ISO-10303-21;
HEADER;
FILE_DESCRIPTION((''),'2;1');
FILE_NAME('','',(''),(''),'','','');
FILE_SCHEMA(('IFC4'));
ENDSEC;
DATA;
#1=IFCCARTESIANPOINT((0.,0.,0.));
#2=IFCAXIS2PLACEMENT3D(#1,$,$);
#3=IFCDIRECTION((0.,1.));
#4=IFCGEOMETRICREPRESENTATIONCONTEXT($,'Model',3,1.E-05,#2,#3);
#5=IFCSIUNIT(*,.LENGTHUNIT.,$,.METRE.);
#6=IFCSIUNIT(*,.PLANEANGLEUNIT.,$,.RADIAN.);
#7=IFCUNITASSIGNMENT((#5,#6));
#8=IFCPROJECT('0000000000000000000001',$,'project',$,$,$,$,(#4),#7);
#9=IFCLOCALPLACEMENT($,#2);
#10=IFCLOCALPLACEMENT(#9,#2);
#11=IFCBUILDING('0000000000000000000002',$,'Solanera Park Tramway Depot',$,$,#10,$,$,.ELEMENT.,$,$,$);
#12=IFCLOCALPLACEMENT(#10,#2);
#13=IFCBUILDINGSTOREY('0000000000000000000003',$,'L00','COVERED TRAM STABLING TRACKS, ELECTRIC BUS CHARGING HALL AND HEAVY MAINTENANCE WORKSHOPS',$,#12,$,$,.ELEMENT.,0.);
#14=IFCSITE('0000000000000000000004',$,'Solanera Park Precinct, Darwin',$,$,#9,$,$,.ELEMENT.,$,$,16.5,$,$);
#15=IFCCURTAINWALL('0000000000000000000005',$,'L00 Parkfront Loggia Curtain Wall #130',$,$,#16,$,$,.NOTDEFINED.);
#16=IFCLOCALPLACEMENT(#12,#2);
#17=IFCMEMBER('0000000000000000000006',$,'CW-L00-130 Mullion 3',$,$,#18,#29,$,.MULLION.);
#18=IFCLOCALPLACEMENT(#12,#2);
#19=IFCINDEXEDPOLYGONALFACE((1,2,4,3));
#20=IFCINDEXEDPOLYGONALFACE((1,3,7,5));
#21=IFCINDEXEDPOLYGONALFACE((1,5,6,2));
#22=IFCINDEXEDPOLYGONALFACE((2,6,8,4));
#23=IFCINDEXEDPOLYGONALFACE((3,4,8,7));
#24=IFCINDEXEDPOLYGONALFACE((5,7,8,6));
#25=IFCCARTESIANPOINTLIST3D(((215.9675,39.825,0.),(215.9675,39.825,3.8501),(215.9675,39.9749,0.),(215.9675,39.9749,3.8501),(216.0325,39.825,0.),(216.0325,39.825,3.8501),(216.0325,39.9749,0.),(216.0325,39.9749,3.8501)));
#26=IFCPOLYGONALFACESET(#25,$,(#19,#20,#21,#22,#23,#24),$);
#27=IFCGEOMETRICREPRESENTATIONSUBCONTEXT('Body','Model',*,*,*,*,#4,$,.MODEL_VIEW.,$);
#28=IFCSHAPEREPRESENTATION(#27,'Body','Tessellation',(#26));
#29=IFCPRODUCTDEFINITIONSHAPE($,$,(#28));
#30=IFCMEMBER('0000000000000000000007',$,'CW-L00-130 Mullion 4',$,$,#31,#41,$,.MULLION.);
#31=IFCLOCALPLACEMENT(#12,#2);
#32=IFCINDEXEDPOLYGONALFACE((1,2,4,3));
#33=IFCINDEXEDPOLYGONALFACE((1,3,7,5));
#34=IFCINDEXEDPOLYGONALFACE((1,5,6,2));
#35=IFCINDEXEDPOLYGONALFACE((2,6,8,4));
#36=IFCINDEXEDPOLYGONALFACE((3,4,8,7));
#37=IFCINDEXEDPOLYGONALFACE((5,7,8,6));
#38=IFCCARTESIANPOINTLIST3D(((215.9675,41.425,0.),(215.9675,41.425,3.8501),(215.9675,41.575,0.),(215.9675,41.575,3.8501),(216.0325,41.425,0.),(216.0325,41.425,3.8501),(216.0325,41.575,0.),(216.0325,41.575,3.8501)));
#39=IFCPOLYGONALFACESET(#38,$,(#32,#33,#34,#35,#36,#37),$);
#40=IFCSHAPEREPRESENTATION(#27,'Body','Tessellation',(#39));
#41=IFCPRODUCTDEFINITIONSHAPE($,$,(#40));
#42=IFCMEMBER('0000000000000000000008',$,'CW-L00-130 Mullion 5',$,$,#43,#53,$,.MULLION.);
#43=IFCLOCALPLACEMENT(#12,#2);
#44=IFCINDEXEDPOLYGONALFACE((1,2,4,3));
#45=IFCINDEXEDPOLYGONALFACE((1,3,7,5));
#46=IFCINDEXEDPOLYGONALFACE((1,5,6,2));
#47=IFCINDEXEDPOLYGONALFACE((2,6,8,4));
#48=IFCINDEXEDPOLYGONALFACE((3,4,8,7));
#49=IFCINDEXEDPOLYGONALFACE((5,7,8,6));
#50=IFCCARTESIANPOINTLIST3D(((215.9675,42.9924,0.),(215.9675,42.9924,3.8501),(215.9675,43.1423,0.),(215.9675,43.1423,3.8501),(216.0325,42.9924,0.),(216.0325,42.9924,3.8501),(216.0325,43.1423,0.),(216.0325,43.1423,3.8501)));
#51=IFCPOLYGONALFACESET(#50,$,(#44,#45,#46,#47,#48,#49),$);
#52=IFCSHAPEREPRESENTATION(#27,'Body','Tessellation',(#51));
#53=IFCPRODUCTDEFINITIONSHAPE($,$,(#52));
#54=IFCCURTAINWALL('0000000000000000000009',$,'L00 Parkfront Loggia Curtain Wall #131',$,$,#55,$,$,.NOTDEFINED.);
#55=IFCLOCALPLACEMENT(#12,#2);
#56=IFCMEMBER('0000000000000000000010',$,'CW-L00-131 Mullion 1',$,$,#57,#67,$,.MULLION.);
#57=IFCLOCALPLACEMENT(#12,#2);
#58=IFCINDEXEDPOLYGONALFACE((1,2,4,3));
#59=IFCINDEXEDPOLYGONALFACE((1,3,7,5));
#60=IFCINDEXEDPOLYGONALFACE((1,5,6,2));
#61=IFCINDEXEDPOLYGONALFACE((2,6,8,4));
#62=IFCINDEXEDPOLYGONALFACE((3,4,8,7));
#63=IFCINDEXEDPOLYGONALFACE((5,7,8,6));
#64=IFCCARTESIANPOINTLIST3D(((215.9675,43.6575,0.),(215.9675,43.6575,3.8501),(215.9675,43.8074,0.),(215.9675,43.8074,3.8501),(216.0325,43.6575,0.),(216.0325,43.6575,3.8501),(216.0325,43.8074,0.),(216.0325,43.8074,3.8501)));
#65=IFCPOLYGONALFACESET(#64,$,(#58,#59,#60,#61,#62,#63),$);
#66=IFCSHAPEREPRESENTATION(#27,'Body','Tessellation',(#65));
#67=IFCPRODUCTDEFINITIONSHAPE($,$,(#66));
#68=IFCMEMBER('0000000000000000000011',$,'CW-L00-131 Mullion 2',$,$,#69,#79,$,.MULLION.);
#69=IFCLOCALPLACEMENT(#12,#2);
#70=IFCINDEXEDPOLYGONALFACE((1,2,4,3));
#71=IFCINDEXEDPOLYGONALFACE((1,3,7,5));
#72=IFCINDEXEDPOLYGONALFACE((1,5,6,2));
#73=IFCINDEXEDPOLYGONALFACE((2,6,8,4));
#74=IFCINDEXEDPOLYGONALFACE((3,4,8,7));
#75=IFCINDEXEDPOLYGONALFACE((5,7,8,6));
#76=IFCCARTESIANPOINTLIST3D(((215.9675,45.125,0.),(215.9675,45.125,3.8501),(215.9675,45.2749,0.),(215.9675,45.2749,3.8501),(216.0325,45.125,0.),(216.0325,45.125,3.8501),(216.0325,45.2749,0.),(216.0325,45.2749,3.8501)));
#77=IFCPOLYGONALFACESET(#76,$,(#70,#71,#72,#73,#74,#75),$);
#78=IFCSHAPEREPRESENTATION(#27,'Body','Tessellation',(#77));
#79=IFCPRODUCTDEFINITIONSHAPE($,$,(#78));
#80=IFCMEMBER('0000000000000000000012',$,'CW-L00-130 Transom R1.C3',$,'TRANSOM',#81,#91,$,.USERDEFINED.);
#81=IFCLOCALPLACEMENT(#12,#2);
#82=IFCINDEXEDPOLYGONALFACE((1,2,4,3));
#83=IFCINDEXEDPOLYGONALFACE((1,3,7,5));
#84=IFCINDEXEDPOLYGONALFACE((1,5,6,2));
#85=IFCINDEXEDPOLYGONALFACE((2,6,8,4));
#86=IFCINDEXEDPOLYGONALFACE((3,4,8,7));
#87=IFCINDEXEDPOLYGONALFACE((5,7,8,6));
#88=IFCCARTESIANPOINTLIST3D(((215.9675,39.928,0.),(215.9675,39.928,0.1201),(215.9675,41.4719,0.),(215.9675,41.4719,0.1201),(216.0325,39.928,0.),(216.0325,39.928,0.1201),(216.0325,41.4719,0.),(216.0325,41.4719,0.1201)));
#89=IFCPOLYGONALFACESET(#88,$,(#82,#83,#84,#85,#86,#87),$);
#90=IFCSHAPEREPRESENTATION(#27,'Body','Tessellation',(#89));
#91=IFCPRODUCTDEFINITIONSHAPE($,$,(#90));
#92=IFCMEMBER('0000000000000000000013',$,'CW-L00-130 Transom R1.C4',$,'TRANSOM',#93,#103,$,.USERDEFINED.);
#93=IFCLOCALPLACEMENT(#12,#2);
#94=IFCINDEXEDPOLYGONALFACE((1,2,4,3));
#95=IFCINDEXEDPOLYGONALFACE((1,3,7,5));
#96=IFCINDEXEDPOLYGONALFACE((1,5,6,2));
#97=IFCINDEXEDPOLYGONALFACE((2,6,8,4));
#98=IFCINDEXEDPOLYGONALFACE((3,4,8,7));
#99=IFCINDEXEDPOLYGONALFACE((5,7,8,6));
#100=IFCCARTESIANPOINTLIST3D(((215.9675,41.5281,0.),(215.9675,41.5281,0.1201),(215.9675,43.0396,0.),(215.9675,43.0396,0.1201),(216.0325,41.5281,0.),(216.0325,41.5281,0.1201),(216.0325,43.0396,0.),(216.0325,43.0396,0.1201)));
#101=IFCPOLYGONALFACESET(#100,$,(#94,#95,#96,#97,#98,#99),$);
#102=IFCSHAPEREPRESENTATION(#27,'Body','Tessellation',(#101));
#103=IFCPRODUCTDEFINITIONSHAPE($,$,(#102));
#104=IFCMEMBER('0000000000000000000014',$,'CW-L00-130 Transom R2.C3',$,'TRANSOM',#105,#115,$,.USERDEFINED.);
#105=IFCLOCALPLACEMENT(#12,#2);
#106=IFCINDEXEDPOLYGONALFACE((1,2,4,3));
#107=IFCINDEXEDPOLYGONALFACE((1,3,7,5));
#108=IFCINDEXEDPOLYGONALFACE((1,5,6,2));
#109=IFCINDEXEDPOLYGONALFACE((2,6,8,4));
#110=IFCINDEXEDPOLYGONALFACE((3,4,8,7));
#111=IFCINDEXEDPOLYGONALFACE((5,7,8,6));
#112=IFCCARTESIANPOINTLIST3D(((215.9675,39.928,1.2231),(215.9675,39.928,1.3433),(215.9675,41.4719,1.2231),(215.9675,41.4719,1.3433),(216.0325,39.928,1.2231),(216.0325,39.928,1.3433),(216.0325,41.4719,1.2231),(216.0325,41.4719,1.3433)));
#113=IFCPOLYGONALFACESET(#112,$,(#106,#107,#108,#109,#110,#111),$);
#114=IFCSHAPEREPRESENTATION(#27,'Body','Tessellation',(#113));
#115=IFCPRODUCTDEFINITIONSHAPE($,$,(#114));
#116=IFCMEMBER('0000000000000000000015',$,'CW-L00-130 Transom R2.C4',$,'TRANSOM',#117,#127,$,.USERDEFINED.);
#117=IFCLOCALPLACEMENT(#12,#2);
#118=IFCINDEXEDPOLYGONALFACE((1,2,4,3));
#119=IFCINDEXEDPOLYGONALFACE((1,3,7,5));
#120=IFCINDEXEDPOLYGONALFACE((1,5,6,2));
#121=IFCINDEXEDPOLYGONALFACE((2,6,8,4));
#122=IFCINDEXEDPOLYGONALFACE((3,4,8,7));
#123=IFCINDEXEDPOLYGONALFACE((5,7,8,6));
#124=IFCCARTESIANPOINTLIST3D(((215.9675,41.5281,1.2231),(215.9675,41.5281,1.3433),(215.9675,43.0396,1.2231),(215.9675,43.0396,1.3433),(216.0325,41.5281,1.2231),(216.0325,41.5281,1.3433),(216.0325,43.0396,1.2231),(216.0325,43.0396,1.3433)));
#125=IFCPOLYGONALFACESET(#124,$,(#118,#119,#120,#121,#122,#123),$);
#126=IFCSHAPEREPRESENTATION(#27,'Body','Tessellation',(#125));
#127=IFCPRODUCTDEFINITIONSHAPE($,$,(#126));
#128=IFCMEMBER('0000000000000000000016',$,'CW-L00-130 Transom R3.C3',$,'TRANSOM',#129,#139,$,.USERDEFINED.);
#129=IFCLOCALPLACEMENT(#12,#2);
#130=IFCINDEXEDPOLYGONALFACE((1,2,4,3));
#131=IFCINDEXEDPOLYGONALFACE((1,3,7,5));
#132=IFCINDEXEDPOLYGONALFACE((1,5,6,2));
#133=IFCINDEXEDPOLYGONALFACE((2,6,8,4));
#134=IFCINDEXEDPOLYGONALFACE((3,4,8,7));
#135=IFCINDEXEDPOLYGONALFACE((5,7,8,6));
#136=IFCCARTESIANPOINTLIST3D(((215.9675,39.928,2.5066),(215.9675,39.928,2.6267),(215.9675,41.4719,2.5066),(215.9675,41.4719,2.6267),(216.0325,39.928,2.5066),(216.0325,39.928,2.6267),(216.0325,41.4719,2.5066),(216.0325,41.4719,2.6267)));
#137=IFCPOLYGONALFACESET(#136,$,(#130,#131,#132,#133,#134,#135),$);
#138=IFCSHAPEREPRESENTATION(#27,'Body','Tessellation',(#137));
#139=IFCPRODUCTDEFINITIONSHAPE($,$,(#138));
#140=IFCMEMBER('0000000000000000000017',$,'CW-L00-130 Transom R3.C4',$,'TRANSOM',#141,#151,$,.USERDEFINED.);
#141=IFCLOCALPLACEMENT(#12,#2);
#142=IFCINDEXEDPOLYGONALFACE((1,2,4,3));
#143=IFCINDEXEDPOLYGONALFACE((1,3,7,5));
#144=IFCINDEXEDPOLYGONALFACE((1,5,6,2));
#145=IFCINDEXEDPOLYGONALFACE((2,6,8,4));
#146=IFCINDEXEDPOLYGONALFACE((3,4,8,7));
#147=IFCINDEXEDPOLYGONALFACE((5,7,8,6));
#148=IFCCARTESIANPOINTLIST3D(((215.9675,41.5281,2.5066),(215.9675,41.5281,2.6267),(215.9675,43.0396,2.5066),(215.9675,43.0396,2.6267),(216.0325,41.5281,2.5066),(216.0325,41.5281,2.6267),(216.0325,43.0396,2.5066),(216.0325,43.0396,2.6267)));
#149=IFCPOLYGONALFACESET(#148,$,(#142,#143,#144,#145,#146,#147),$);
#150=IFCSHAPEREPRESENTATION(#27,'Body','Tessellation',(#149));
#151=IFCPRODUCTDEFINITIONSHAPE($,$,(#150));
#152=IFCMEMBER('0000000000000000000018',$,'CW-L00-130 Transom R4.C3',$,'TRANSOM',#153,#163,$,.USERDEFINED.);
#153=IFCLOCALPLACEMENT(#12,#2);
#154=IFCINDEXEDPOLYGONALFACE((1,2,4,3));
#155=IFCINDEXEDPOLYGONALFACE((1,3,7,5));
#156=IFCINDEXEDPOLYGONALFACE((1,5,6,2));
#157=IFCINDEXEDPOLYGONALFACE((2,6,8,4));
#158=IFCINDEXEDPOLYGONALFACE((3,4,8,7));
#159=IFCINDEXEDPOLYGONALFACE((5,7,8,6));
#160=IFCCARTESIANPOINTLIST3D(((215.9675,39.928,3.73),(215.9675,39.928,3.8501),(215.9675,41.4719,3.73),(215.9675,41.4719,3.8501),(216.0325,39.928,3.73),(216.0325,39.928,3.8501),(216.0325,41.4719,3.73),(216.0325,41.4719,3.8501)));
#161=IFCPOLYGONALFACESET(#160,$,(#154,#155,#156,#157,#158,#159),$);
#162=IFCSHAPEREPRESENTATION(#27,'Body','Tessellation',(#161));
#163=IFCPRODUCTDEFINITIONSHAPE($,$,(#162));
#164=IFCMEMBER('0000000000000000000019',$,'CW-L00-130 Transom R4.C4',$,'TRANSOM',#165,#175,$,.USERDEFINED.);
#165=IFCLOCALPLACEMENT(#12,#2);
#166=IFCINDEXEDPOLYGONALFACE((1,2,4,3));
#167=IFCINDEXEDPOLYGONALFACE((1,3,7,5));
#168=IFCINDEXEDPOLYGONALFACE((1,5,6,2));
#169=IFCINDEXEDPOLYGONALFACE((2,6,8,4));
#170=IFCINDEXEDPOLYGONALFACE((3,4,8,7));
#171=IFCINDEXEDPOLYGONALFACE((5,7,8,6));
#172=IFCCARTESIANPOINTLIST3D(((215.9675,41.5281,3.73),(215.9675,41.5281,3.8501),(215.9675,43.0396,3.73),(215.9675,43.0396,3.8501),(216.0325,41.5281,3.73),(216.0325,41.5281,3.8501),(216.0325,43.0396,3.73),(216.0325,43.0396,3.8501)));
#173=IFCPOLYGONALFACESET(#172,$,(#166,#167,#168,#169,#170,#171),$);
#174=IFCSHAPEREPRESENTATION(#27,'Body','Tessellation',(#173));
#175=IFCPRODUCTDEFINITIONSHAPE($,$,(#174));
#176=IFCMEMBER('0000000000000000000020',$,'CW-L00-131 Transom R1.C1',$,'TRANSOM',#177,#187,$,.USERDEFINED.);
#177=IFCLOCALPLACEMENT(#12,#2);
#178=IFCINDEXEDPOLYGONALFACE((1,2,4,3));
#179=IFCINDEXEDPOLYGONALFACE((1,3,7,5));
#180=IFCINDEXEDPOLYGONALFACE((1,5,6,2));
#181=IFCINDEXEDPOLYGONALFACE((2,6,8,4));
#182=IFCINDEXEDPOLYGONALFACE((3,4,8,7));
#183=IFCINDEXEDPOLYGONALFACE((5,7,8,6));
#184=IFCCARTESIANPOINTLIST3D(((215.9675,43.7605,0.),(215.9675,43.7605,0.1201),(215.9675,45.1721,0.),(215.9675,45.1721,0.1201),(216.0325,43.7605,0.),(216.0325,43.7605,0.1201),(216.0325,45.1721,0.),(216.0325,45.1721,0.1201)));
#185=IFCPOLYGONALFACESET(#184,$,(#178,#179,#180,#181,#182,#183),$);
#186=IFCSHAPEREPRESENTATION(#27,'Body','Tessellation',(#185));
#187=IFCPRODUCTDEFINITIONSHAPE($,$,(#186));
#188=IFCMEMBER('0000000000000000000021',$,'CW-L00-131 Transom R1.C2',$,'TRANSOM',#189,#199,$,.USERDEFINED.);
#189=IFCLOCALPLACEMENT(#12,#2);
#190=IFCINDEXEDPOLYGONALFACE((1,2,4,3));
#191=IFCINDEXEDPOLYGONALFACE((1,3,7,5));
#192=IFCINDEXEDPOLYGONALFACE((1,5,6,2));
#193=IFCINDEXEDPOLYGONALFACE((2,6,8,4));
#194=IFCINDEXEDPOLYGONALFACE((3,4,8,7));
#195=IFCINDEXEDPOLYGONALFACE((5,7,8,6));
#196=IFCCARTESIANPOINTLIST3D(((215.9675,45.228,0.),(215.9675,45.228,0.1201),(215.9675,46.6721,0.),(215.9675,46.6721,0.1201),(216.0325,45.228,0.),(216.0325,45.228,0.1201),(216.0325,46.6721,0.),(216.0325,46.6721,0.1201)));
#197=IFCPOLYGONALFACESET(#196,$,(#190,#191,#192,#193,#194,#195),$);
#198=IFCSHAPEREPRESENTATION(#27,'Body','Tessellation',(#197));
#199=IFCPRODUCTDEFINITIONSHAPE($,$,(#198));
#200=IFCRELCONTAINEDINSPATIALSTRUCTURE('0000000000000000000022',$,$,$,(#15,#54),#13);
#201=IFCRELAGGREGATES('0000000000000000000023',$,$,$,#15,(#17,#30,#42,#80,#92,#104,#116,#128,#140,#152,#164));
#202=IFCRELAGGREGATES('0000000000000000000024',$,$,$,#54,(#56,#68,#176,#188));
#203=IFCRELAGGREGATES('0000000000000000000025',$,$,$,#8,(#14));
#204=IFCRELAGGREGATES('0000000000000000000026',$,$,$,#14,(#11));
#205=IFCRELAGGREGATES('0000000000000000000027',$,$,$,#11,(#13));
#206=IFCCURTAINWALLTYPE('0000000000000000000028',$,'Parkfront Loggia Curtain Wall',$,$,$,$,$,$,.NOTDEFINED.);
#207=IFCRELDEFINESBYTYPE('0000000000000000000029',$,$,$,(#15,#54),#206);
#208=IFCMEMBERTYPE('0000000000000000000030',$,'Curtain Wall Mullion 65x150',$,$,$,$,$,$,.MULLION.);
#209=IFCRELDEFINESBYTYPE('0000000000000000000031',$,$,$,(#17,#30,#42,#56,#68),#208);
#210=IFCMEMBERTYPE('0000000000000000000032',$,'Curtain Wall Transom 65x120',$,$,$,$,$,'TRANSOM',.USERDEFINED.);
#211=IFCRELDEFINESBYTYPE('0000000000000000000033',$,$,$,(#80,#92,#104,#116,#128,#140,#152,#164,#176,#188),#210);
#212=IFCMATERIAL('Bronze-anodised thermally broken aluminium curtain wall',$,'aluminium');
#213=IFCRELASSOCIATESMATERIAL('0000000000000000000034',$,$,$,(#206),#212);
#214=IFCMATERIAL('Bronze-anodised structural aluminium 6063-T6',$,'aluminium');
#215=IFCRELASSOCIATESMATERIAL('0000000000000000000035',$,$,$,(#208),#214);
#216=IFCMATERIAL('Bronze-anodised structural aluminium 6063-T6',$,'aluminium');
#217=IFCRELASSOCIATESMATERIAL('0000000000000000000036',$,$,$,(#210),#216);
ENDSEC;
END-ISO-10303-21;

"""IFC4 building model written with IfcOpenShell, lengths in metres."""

from ifc_helpers import new_model, si_unit, direction, frame, origin, origin_2d, place, context, subcontext, project, spatial, rectangle, extrude, material, material_profile, profile_set, type_object, element, aggregate, save


model = new_model("IFC4")

# Units and contexts
model_context = context("Model", 3, precision=1e-05, world=origin(), true_north=direction((0.0, 1.0)))
body_context = subcontext(model_context, "Body", "Model", "MODEL_VIEW")
ifc_project = project(units=[si_unit("LENGTHUNIT", "METRE"), si_unit("PLANEANGLEUNIT", "RADIAN")], contexts=[model_context])

# Site, building, storey
site_placement = place(None, origin())
site = spatial("IfcSite", under=ifc_project, at=site_placement, Name="Solanera Park Precinct, Darwin", CompositionType="ELEMENT", RefElevation=16.5)
building_placement = place(site_placement, origin())
building = spatial("IfcBuilding", under=site, at=building_placement, Name="Solanera Park Tramway Depot", CompositionType="ELEMENT")
storey_placement = place(building_placement, origin())
storey = spatial("IfcBuildingStorey", under=building, at=storey_placement, Name="L00", Description="COVERED TRAM STABLING TRACKS, ELECTRIC BUS CHARGING HALL AND HEAVY MAINTENANCE WORKSHOPS", CompositionType="ELEMENT", Elevation=0.0)

# Curtain walls, members
ifc_material_1 = material(Name="Bronze-anodised thermally broken aluminium curtain wall", Category="aluminium")
curtain_wall_type = type_object("IfcCurtainWallType", Name="Parkfront Loggia Curtain Wall", PredefinedType="NOTDEFINED", material=ifc_material_1)
curtain_wall_1_placement = place(storey_placement, origin())
curtain_wall_1 = element("IfcCurtainWall", 1, at=curtain_wall_1_placement, inside=storey, type_object=curtain_wall_type, Name="L00 Parkfront Loggia Curtain Wall #130", PredefinedType="NOTDEFINED")
ifc_material_2 = material(Name="Bronze-anodised structural aluminium 6063-T6", Category="aluminium")
ifc_material_profile_1 = material_profile(ifc_material_2, rectangle(XDim=0.0649, YDim=0.1499, at=origin_2d()), Name="Curtain Wall Mullion 65x150")
ifc_profile_set_1 = profile_set([ifc_material_profile_1], Name="Bronze-anodised structural aluminium 6063-T6")
member_type_1 = type_object("IfcMemberType", Name="Curtain Wall Mullion 65x150", PredefinedType="MULLION", material=ifc_profile_set_1)
member_1_placement = place(storey_placement, frame((216.0, 39.8999, 0.0), z_axis=(0.0, 0.0, 1.0), x_axis=(1.0, 0.0, 0.0)))
member_1 = element("IfcMember", 2, at=member_1_placement, type_object=member_type_1, Name="CW-L00-130 Mullion 3", PredefinedType="MULLION", context=body_context, shape_type="SweptSolid", body=[
    extrude(rectangle(XDim=0.0649, YDim=0.1499, at=origin_2d()), origin(), (0.0, 0.0, 1.0), 3.8501),
])
member_2_placement = place(storey_placement, frame((216.0, 41.5, 0.0), z_axis=(0.0, 0.0, 1.0), x_axis=(1.0, 0.0, 0.0)))
member_2 = element("IfcMember", 3, at=member_2_placement, type_object=member_type_1, Name="CW-L00-130 Mullion 4", PredefinedType="MULLION", context=body_context, shape_type="SweptSolid", body=[
    extrude(rectangle(XDim=0.0649, YDim=0.1499, at=origin_2d()), origin(), (0.0, 0.0, 1.0), 3.8501),
])
member_3_placement = place(storey_placement, frame((216.0, 43.0674, 0.0), z_axis=(0.0, 0.0, 1.0), x_axis=(1.0, 0.0, 0.0)))
member_3 = element("IfcMember", 4, at=member_3_placement, type_object=member_type_1, Name="CW-L00-130 Mullion 5", PredefinedType="MULLION", context=body_context, shape_type="SweptSolid", body=[
    extrude(rectangle(XDim=0.0649, YDim=0.1499, at=origin_2d()), origin(), (0.0, 0.0, 1.0), 3.8501),
])
curtain_wall_2_placement = place(storey_placement, origin())
curtain_wall_2 = element("IfcCurtainWall", 5, at=curtain_wall_2_placement, inside=storey, type_object=curtain_wall_type, Name="L00 Parkfront Loggia Curtain Wall #131", PredefinedType="NOTDEFINED")
member_4_placement = place(storey_placement, frame((216.0, 43.7324, 0.0), z_axis=(0.0, 0.0, 1.0), x_axis=(1.0, 0.0, 0.0)))
member_4 = element("IfcMember", 6, at=member_4_placement, type_object=member_type_1, Name="CW-L00-131 Mullion 1", PredefinedType="MULLION", context=body_context, shape_type="SweptSolid", body=[
    extrude(rectangle(XDim=0.0649, YDim=0.1499, at=origin_2d()), origin(), (0.0, 0.0, 1.0), 3.8501),
])
member_5_placement = place(storey_placement, frame((216.0, 45.2, 0.0), z_axis=(0.0, 0.0, 1.0), x_axis=(1.0, 0.0, 0.0)))
member_5 = element("IfcMember", 7, at=member_5_placement, type_object=member_type_1, Name="CW-L00-131 Mullion 2", PredefinedType="MULLION", context=body_context, shape_type="SweptSolid", body=[
    extrude(rectangle(XDim=0.0649, YDim=0.1499, at=origin_2d()), origin(), (0.0, 0.0, 1.0), 3.8501),
])

# Members
ifc_material_3 = material(Name="Bronze-anodised structural aluminium 6063-T6", Category="aluminium")
ifc_material_profile_2 = material_profile(ifc_material_3, rectangle(XDim=0.0649, YDim=0.1201, at=origin_2d()), Name="Curtain Wall Transom 65x120")
ifc_profile_set_2 = profile_set([ifc_material_profile_2], Name="Bronze-anodised structural aluminium 6063-T6")
member_type_2 = type_object("IfcMemberType", Name="Curtain Wall Transom 65x120", ElementType="TRANSOM", PredefinedType="USERDEFINED", material=ifc_profile_set_2)
member_6_placement = place(storey_placement, frame((216.0, 39.928, 0.0601), z_axis=(0.0, 1.0, 0.0), x_axis=(-1.0, 0.0, 0.0)))
member_6 = element("IfcMember", 8, at=member_6_placement, type_object=member_type_2, Name="CW-L00-130 Transom R1.C3", ObjectType="TRANSOM", PredefinedType="USERDEFINED", context=body_context, shape_type="SweptSolid", body=[
    extrude(rectangle(XDim=0.0649, YDim=0.1201, at=origin_2d()), origin(), (0.0, 0.0, 1.0), 1.5439),
])
member_7_placement = place(storey_placement, frame((216.0, 41.5281, 0.0601), z_axis=(0.0, 1.0, 0.0), x_axis=(-1.0, 0.0, 0.0)))
member_7 = element("IfcMember", 9, at=member_7_placement, type_object=member_type_2, Name="CW-L00-130 Transom R1.C4", ObjectType="TRANSOM", PredefinedType="USERDEFINED", context=body_context, shape_type="SweptSolid", body=[
    extrude(rectangle(XDim=0.0649, YDim=0.1201, at=origin_2d()), origin(), (0.0, 0.0, 1.0), 1.5115),
])
member_8_placement = place(storey_placement, frame((216.0, 39.928, 1.2832), z_axis=(0.0, 1.0, 0.0), x_axis=(-1.0, 0.0, 0.0)))
member_8 = element("IfcMember", 10, at=member_8_placement, type_object=member_type_2, Name="CW-L00-130 Transom R2.C3", ObjectType="TRANSOM", PredefinedType="USERDEFINED", context=body_context, shape_type="SweptSolid", body=[
    extrude(rectangle(XDim=0.0649, YDim=0.1201, at=origin_2d()), origin(), (0.0, 0.0, 1.0), 1.5439),
])
member_9_placement = place(storey_placement, frame((216.0, 41.5281, 1.2832), z_axis=(0.0, 1.0, 0.0), x_axis=(-1.0, 0.0, 0.0)))
member_9 = element("IfcMember", 11, at=member_9_placement, type_object=member_type_2, Name="CW-L00-130 Transom R2.C4", ObjectType="TRANSOM", PredefinedType="USERDEFINED", context=body_context, shape_type="SweptSolid", body=[
    extrude(rectangle(XDim=0.0649, YDim=0.1201, at=origin_2d()), origin(), (0.0, 0.0, 1.0), 1.5115),
])
member_10_placement = place(storey_placement, frame((216.0, 39.928, 2.5667), z_axis=(0.0, 1.0, 0.0), x_axis=(-1.0, 0.0, 0.0)))
member_10 = element("IfcMember", 12, at=member_10_placement, type_object=member_type_2, Name="CW-L00-130 Transom R3.C3", ObjectType="TRANSOM", PredefinedType="USERDEFINED", context=body_context, shape_type="SweptSolid", body=[
    extrude(rectangle(XDim=0.0649, YDim=0.1201, at=origin_2d()), origin(), (0.0, 0.0, 1.0), 1.5439),
])
member_11_placement = place(storey_placement, frame((216.0, 41.5281, 2.5667), z_axis=(0.0, 1.0, 0.0), x_axis=(-1.0, 0.0, 0.0)))
member_11 = element("IfcMember", 13, at=member_11_placement, type_object=member_type_2, Name="CW-L00-130 Transom R3.C4", ObjectType="TRANSOM", PredefinedType="USERDEFINED", context=body_context, shape_type="SweptSolid", body=[
    extrude(rectangle(XDim=0.0649, YDim=0.1201, at=origin_2d()), origin(), (0.0, 0.0, 1.0), 1.5115),
])
member_12_placement = place(storey_placement, frame((216.0, 39.928, 3.79), z_axis=(0.0, 1.0, 0.0), x_axis=(-1.0, 0.0, 0.0)))
member_12 = element("IfcMember", 14, at=member_12_placement, type_object=member_type_2, Name="CW-L00-130 Transom R4.C3", ObjectType="TRANSOM", PredefinedType="USERDEFINED", context=body_context, shape_type="SweptSolid", body=[
    extrude(rectangle(XDim=0.0649, YDim=0.1201, at=origin_2d()), origin(), (0.0, 0.0, 1.0), 1.5439),
])
member_13_placement = place(storey_placement, frame((216.0, 41.5281, 3.79), z_axis=(0.0, 1.0, 0.0), x_axis=(-1.0, 0.0, 0.0)))
member_13 = element("IfcMember", 15, at=member_13_placement, type_object=member_type_2, Name="CW-L00-130 Transom R4.C4", ObjectType="TRANSOM", PredefinedType="USERDEFINED", context=body_context, shape_type="SweptSolid", body=[
    extrude(rectangle(XDim=0.0649, YDim=0.1201, at=origin_2d()), origin(), (0.0, 0.0, 1.0), 1.5115),
])
member_14_placement = place(storey_placement, frame((216.0, 43.7605, 0.0601), z_axis=(0.0, 1.0, 0.0), x_axis=(-1.0, 0.0, 0.0)))
member_14 = element("IfcMember", 16, at=member_14_placement, type_object=member_type_2, Name="CW-L00-131 Transom R1.C1", ObjectType="TRANSOM", PredefinedType="USERDEFINED", context=body_context, shape_type="SweptSolid", body=[
    extrude(rectangle(XDim=0.0649, YDim=0.1201, at=origin_2d()), origin(), (0.0, 0.0, 1.0), 1.4116),
])
member_15_placement = place(storey_placement, frame((216.0, 45.228, 0.0601), z_axis=(0.0, 1.0, 0.0), x_axis=(-1.0, 0.0, 0.0)))
member_15 = element("IfcMember", 17, at=member_15_placement, type_object=member_type_2, Name="CW-L00-131 Transom R1.C2", ObjectType="TRANSOM", PredefinedType="USERDEFINED", context=body_context, shape_type="SweptSolid", body=[
    extrude(rectangle(XDim=0.0649, YDim=0.1201, at=origin_2d()), origin(), (0.0, 0.0, 1.0), 1.4441),
])

aggregate(curtain_wall_1, [member_1, member_2, member_3, member_6, member_7, member_8, member_9, member_10, member_11, member_12, member_13])
aggregate(curtain_wall_2, [member_4, member_5, member_14, member_15])

save(model, "model.ifc")
